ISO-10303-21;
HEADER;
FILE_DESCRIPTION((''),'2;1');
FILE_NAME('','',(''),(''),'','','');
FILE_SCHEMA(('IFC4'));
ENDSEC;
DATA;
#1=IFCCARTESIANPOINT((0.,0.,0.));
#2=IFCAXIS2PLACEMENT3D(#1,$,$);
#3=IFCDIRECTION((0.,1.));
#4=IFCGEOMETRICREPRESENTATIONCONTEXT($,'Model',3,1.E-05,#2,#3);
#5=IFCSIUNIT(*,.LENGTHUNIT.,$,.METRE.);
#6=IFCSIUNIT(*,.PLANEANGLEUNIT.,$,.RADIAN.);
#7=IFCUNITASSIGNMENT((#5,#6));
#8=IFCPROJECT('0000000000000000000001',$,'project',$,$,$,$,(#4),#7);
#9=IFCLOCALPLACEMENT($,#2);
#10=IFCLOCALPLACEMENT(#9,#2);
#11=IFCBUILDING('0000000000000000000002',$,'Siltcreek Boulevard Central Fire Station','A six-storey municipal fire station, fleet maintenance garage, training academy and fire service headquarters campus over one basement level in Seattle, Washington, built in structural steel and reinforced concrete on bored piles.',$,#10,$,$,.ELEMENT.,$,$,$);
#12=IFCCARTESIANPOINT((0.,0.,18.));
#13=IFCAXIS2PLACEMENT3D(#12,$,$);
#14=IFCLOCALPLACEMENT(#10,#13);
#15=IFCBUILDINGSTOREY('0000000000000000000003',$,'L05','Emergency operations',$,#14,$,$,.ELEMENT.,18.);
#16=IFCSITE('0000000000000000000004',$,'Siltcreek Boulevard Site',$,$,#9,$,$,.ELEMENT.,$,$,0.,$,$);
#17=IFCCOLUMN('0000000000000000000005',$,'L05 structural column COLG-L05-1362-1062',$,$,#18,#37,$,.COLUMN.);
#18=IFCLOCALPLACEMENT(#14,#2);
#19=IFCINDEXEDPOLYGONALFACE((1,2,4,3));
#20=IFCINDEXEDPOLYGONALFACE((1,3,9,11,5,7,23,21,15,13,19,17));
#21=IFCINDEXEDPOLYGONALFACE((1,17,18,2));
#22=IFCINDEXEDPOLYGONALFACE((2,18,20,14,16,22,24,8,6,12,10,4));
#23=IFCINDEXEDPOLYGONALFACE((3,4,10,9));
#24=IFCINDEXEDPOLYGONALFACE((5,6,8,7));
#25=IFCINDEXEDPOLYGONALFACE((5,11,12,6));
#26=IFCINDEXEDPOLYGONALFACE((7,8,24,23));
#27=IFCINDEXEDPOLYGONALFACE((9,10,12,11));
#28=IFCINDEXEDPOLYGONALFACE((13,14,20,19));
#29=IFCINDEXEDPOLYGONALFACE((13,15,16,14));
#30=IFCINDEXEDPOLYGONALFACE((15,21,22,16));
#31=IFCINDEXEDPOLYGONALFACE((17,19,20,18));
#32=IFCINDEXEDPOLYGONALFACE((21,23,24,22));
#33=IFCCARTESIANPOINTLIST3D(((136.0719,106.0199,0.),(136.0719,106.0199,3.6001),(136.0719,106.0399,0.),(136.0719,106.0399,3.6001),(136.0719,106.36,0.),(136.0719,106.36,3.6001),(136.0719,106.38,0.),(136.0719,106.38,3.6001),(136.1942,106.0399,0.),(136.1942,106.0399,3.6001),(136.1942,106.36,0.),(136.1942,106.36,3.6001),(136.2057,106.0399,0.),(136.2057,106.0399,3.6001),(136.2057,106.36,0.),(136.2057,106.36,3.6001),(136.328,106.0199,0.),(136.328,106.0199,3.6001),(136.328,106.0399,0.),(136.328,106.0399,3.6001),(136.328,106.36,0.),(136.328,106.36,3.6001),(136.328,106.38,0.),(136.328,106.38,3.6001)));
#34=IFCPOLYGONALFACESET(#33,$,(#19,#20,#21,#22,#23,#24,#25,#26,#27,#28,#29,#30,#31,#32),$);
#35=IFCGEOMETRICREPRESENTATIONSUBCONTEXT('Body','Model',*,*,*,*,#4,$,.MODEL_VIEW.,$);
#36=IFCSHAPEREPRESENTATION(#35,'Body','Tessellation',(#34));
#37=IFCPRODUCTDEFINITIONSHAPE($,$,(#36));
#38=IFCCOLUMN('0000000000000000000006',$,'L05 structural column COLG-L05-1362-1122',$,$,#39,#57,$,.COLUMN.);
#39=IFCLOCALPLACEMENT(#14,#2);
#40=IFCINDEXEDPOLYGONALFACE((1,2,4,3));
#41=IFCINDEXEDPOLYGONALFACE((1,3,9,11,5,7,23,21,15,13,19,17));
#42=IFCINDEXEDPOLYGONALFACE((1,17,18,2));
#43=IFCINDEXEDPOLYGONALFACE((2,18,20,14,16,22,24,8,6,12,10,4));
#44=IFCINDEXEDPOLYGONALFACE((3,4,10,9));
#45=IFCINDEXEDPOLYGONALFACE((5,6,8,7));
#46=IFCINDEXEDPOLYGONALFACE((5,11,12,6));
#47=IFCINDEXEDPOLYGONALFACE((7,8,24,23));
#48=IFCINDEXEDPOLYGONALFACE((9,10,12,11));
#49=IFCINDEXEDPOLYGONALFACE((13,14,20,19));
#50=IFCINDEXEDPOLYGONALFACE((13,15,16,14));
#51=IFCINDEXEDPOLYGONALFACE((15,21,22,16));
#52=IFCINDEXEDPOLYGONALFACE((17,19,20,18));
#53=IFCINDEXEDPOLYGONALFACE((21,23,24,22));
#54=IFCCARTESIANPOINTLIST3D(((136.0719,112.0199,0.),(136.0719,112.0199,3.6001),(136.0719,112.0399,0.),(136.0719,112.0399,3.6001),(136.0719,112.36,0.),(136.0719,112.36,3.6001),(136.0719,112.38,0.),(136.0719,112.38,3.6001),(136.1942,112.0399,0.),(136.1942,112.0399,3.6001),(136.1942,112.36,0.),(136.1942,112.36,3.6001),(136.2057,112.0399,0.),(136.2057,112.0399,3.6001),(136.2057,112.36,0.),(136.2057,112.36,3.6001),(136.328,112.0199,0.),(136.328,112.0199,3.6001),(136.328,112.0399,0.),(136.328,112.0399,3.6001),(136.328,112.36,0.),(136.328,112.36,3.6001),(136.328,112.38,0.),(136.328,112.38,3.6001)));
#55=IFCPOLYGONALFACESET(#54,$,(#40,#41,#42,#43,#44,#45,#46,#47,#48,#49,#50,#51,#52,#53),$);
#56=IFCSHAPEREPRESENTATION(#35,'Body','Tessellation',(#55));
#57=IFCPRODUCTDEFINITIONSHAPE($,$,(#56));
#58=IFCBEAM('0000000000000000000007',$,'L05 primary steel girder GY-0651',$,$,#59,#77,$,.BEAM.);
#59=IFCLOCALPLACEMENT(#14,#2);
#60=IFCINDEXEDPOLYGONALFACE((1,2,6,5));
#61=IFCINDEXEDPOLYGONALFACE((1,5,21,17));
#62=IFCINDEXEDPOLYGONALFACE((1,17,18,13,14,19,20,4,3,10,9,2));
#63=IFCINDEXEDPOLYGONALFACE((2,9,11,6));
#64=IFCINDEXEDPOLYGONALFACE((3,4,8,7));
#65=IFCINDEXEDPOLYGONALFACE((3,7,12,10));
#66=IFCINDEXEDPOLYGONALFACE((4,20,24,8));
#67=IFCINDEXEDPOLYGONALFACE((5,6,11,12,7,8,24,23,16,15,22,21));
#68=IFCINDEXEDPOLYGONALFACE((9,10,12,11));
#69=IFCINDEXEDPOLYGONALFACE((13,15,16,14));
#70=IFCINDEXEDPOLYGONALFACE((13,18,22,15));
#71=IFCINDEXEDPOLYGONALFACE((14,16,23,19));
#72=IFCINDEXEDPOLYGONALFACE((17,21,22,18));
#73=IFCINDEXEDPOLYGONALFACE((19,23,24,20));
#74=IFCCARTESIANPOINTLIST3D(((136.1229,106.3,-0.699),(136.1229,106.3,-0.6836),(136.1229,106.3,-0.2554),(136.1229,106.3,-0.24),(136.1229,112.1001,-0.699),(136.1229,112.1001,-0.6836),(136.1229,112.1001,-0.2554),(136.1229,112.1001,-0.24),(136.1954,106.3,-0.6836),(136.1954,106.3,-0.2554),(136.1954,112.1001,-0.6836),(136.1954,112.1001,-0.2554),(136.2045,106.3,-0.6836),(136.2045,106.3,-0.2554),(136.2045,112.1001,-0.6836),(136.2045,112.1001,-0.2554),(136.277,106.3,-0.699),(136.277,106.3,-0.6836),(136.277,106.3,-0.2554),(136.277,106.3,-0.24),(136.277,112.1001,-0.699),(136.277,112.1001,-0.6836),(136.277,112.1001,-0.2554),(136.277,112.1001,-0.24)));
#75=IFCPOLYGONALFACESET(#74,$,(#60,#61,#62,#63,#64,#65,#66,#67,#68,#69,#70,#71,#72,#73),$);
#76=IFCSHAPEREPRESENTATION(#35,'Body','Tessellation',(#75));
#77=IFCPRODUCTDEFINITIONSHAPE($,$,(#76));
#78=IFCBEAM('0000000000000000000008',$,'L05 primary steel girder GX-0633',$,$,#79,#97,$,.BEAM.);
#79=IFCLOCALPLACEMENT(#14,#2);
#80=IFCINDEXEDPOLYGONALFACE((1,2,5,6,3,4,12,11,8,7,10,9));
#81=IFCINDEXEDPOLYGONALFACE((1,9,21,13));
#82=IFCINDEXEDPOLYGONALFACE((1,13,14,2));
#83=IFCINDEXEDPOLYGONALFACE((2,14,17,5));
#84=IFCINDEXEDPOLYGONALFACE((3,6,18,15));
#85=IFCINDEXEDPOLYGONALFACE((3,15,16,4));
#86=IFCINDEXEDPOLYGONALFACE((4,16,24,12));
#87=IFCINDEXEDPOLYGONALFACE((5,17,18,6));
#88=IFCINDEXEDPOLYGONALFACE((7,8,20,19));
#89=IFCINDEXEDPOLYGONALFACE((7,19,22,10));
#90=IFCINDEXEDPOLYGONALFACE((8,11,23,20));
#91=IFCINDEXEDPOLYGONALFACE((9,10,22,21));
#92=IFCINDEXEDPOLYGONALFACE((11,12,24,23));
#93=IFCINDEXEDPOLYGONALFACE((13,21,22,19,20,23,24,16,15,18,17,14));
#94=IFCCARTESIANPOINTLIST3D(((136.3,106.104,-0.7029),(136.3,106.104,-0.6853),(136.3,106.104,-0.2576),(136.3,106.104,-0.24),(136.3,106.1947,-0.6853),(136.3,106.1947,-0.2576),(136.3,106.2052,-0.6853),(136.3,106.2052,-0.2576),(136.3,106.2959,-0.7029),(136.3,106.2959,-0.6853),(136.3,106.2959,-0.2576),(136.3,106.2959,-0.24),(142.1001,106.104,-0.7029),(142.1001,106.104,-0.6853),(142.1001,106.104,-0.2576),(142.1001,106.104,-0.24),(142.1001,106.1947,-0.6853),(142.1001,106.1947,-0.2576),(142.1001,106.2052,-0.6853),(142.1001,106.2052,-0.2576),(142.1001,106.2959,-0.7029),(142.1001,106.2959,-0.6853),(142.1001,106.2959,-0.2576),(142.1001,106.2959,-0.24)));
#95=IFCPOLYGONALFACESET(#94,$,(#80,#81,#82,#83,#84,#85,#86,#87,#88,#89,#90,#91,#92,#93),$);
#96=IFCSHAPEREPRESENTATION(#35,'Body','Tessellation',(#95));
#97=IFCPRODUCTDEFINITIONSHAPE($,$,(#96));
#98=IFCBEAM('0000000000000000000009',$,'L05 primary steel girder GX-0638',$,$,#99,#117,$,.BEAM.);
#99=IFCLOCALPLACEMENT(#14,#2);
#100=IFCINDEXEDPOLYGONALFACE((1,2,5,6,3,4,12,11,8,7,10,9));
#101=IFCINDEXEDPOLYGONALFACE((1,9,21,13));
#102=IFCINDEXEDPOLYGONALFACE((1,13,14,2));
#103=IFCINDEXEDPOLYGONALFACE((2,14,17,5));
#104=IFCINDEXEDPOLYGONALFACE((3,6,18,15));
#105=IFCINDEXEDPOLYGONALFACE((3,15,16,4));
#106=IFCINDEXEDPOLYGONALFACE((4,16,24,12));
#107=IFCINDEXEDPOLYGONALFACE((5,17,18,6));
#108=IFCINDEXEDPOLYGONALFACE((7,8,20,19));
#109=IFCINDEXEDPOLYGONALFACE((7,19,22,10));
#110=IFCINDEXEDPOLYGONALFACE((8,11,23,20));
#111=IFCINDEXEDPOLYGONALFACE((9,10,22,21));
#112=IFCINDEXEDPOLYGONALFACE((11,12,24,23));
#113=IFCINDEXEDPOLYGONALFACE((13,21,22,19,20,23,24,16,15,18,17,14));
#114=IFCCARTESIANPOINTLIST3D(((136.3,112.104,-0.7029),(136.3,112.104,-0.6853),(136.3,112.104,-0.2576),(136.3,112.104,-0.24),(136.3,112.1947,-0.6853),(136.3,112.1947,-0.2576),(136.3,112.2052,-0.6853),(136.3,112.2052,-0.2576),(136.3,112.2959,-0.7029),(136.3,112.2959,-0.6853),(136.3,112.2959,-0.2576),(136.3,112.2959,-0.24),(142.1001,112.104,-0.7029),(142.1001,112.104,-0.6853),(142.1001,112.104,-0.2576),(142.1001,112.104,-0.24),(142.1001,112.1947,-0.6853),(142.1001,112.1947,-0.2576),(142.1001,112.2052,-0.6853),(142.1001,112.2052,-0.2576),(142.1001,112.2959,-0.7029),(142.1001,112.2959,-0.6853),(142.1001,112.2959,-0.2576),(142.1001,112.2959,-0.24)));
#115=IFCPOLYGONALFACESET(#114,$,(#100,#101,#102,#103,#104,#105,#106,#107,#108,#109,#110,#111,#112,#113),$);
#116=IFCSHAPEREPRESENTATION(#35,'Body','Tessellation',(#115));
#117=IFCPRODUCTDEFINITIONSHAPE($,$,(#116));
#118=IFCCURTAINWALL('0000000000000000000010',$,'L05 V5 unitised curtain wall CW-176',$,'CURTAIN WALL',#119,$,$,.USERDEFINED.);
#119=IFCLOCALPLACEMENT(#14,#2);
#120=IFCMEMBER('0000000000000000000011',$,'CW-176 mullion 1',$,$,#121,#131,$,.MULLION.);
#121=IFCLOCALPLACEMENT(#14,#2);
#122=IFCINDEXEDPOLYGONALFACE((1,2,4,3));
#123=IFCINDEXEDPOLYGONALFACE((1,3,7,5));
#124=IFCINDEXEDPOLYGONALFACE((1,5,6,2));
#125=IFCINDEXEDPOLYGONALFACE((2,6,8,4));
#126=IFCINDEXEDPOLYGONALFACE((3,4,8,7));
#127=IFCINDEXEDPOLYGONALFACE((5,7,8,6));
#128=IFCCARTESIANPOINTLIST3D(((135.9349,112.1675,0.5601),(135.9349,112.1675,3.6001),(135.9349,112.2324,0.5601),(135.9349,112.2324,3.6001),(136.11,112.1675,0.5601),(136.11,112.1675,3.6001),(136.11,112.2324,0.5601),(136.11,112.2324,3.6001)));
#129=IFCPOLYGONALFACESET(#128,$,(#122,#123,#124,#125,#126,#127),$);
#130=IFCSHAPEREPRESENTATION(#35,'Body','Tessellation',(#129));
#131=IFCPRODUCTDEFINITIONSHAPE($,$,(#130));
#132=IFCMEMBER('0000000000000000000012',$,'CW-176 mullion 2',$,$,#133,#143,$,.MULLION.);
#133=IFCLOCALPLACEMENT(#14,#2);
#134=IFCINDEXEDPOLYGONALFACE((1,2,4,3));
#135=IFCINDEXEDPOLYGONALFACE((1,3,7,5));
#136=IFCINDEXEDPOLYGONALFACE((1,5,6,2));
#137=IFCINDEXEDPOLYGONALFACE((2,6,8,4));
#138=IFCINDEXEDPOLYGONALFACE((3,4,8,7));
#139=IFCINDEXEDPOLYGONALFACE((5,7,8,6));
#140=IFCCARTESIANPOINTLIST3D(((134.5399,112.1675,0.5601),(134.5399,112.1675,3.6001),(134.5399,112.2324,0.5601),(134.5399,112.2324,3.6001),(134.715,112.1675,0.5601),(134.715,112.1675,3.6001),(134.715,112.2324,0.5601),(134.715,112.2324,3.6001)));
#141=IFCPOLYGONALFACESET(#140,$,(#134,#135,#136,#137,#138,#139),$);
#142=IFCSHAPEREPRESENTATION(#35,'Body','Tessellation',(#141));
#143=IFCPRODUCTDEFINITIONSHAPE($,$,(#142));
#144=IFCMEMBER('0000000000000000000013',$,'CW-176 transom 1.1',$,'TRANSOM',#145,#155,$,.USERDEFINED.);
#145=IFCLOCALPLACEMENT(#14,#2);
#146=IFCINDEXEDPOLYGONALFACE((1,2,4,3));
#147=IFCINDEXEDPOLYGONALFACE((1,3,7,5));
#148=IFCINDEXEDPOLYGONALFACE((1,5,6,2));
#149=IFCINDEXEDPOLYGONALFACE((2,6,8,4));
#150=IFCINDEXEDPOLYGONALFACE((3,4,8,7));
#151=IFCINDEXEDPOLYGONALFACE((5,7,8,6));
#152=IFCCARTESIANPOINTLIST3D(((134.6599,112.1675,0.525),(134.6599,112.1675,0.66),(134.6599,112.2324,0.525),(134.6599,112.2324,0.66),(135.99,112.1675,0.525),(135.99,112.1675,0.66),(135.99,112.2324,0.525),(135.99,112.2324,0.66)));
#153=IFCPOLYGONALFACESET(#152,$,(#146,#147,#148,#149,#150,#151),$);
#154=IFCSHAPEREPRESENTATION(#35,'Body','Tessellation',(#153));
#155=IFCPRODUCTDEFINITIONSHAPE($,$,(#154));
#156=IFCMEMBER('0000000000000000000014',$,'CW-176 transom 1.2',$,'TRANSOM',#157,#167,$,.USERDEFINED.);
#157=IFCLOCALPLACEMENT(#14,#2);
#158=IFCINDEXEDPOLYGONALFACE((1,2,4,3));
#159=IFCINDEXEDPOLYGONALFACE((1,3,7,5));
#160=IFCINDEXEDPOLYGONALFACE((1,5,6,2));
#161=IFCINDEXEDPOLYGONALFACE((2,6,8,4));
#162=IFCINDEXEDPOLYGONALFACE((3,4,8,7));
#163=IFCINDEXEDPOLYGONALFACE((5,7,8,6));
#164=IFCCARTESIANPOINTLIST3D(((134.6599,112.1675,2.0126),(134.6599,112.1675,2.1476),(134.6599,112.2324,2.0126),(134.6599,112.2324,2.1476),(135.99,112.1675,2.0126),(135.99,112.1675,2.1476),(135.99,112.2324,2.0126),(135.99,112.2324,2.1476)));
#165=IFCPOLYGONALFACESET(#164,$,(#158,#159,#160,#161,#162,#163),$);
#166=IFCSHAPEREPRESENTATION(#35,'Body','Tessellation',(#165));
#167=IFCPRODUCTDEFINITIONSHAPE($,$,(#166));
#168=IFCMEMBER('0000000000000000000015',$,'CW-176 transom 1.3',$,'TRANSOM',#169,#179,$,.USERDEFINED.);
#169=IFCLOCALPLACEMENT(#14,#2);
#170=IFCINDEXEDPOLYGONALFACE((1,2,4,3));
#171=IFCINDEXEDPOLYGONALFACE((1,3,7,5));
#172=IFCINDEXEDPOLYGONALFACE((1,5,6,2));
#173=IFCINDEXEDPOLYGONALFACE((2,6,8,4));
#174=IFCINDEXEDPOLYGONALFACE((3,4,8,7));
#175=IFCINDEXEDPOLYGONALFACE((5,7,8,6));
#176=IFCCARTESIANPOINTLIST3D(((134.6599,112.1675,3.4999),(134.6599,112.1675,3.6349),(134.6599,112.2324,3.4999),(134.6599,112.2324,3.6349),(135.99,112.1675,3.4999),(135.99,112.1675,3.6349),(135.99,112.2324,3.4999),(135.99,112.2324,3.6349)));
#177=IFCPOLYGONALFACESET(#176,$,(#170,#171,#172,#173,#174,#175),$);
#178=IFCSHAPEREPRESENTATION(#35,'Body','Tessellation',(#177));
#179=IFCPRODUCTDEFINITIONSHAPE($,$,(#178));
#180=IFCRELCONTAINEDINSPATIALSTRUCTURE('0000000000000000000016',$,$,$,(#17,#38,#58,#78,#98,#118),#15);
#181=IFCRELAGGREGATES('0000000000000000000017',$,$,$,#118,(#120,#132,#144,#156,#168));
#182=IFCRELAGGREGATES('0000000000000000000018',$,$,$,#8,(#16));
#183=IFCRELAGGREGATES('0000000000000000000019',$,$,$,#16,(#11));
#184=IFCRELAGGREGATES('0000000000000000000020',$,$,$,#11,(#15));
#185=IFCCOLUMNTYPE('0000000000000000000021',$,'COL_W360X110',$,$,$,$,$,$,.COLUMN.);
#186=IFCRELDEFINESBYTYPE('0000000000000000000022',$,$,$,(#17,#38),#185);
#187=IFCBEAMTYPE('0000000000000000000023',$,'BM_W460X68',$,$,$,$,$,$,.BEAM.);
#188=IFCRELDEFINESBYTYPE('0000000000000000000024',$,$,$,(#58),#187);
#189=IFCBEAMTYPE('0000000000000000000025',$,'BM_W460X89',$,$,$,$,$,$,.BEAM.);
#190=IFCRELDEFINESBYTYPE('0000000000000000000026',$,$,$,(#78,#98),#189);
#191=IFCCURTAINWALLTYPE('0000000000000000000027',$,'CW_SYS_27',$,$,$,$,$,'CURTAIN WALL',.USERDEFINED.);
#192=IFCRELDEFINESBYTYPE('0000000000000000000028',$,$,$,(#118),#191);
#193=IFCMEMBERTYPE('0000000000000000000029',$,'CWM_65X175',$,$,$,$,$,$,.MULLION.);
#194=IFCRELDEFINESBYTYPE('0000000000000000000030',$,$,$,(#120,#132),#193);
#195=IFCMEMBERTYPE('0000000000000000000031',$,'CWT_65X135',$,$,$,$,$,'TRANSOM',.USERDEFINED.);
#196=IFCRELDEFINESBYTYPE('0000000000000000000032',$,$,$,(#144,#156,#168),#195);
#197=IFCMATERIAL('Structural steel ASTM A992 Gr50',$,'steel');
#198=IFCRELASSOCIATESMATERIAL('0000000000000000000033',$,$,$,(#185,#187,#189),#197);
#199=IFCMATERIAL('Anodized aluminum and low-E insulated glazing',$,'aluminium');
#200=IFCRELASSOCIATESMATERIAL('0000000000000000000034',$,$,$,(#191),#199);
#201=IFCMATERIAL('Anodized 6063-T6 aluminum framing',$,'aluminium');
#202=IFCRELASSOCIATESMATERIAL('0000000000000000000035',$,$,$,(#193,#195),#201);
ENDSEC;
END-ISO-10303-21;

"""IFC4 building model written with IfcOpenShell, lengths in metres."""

from ifc_helpers import new_model, si_unit, direction, frame, origin, origin_2d, place, context, subcontext, project, spatial, rectangle, i_section, extrude, material, material_profile, profile_set, type_object, element, aggregate, save


model = new_model("IFC4")

# Units and contexts
model_context = context("Model", 3, precision=1e-05, world=origin(), true_north=direction((0.0, 1.0)))
body_context = subcontext(model_context, "Body", "Model", "MODEL_VIEW")
ifc_project = project(units=[si_unit("LENGTHUNIT", "METRE"), si_unit("PLANEANGLEUNIT", "RADIAN")], contexts=[model_context])

# Site, building, storey
site_placement = place(None, origin())
site = spatial("IfcSite", under=ifc_project, at=site_placement, Name="Siltcreek Boulevard Site", CompositionType="ELEMENT", RefElevation=0.0)
building_placement = place(site_placement, origin())
building = spatial("IfcBuilding", under=site, at=building_placement, Name="Siltcreek Boulevard Central Fire Station", Description="A six-storey municipal fire station, fleet maintenance garage, training academy and fire service headquarters campus over one basement level in Seattle, Washington, built in structural steel and reinforced concrete on bored piles.", CompositionType="ELEMENT")
storey_placement = place(building_placement, frame((0.0, 0.0, 18.0)))
storey = spatial("IfcBuildingStorey", under=building, at=storey_placement, Name="L05", Description="Emergency operations", CompositionType="ELEMENT", Elevation=18.0)

# Columns
ifc_material_1 = material(Name="Structural steel ASTM A992 Gr50", Category="steel")
ifc_material_profile_1 = material_profile(ifc_material_1, i_section(OverallWidth=0.2561, OverallDepth=0.3601, WebThickness=0.0115, FlangeThickness=0.02, at=origin_2d()), Name="W360X110")
ifc_profile_set_1 = profile_set([ifc_material_profile_1], Name="Structural steel ASTM A992 Gr50")
column_type = type_object("IfcColumnType", Name="COL_W360X110", PredefinedType="COLUMN", material=ifc_profile_set_1)
for number, where, z_axis, x_axis, name in (
    (1, (136.2, 106.2, 0.0), (0.0, 0.0, 1.0), (1.0, 0.0, 0.0), "L05 structural column COLG-L05-1362-1062"),
    (2, (136.2, 112.2, 0.0), (0.0, 0.0, 1.0), (1.0, 0.0, 0.0), "L05 structural column COLG-L05-1362-1122"),
):
    element("IfcColumn", number, at=place(storey_placement, frame(where, z_axis=z_axis, x_axis=x_axis)), inside=storey, type_object=column_type, Name=name, PredefinedType="COLUMN", context=body_context, shape_type="SweptSolid", body=[
        extrude(i_section(OverallWidth=0.2561, OverallDepth=0.3601, WebThickness=0.0115, FlangeThickness=0.02, at=origin_2d()), origin(), (0.0, 0.0, 1.0), 3.6001),
    ])

# Beams
ifc_material_profile_2 = material_profile(ifc_material_1, i_section(OverallWidth=0.1541, OverallDepth=0.459, WebThickness=0.009, FlangeThickness=0.0154, at=origin_2d()), Name="W460X68")
ifc_profile_set_2 = profile_set([ifc_material_profile_2], Name="Structural steel ASTM A992 Gr50")
beam_type_1 = type_object("IfcBeamType", Name="BM_W460X68", PredefinedType="BEAM", material=ifc_profile_set_2)
beam_1_placement = place(storey_placement, frame((136.2, 106.3, -0.4695), z_axis=(0.0, 1.0, 0.0), x_axis=(-1.0, 0.0, 0.0)))
element("IfcBeam", 3, at=beam_1_placement, inside=storey, type_object=beam_type_1, Name="L05 primary steel girder GY-0651", PredefinedType="BEAM", context=body_context, shape_type="SweptSolid", body=[
    extrude(i_section(OverallWidth=0.1541, OverallDepth=0.459, WebThickness=0.009, FlangeThickness=0.0154, at=origin_2d()), origin(), (0.0, 0.0, 1.0), 5.8),
])
ifc_material_profile_3 = material_profile(ifc_material_1, i_section(OverallWidth=0.1919, OverallDepth=0.4629, WebThickness=0.0105, FlangeThickness=0.0176, at=origin_2d()), Name="W460X89")
ifc_profile_set_3 = profile_set([ifc_material_profile_3], Name="Structural steel ASTM A992 Gr50")
beam_type_2 = type_object("IfcBeamType", Name="BM_W460X89", PredefinedType="BEAM", material=ifc_profile_set_3)
for number, where, z_axis, x_axis, name in (
    (4, (136.3, 106.2, -0.4714), (1.0, 0.0, 0.0), (0.0, 1.0, 0.0), "L05 primary steel girder GX-0633"),
    (5, (136.3, 112.2, -0.4714), (1.0, 0.0, 0.0), (0.0, 1.0, 0.0), "L05 primary steel girder GX-0638"),
):
    element("IfcBeam", number, at=place(storey_placement, frame(where, z_axis=z_axis, x_axis=x_axis)), inside=storey, type_object=beam_type_2, Name=name, PredefinedType="BEAM", context=body_context, shape_type="SweptSolid", body=[
        extrude(i_section(OverallWidth=0.1919, OverallDepth=0.4629, WebThickness=0.0105, FlangeThickness=0.0176, at=origin_2d()), origin(), (0.0, 0.0, 1.0), 5.8),
    ])

# Curtain wall, members
ifc_material_2 = material(Name="Anodized aluminum and low-E insulated glazing", Category="aluminium")
curtain_wall_type = type_object("IfcCurtainWallType", Name="CW_SYS_27", ElementType="CURTAIN WALL", PredefinedType="USERDEFINED", material=ifc_material_2)
curtain_wall_placement = place(storey_placement, origin())
curtain_wall = element("IfcCurtainWall", 6, at=curtain_wall_placement, inside=storey, type_object=curtain_wall_type, Name="L05 V5 unitised curtain wall CW-176", ObjectType="CURTAIN WALL", PredefinedType="USERDEFINED")
ifc_material_3 = material(Name="Anodized 6063-T6 aluminum framing", Category="aluminium")
ifc_material_profile_4 = material_profile(ifc_material_3, rectangle(XDim=0.0649, YDim=0.175, at=origin_2d()), Name="MULL65X175")
ifc_profile_set_4 = profile_set([ifc_material_profile_4], Name="Anodized 6063-T6 aluminum framing")
member_type_1 = type_object("IfcMemberType", Name="CWM_65X175", PredefinedType="MULLION", material=ifc_profile_set_4)
member_1_placement = place(storey_placement, frame((136.0225, 112.2, 0.5601), z_axis=(0.0, 0.0, 1.0), x_axis=(0.0, -1.0, 0.0)))
member_1 = element("IfcMember", 7, at=member_1_placement, type_object=member_type_1, Name="CW-176 mullion 1", PredefinedType="MULLION", context=body_context, shape_type="SweptSolid", body=[
    extrude(rectangle(XDim=0.0649, YDim=0.175, at=origin_2d()), origin(), (0.0, 0.0, 1.0), 3.04),
])
member_2_placement = place(storey_placement, frame((134.6274, 112.2, 0.5601), z_axis=(0.0, 0.0, 1.0), x_axis=(0.0, -1.0, 0.0)))
member_2 = element("IfcMember", 8, at=member_2_placement, type_object=member_type_1, Name="CW-176 mullion 2", PredefinedType="MULLION", context=body_context, shape_type="SweptSolid", body=[
    extrude(rectangle(XDim=0.0649, YDim=0.175, at=origin_2d()), origin(), (0.0, 0.0, 1.0), 3.04),
])
ifc_material_profile_5 = material_profile(ifc_material_3, rectangle(XDim=0.0649, YDim=0.135, at=origin_2d()), Name="TRAN65X135")
ifc_profile_set_5 = profile_set([ifc_material_profile_5], Name="Anodized 6063-T6 aluminum framing")
member_type_2 = type_object("IfcMemberType", Name="CWT_65X135", ElementType="TRANSOM", PredefinedType="USERDEFINED", material=ifc_profile_set_5)
member_3_placement = place(storey_placement, frame((135.99, 112.2, 0.5925), z_axis=(-1.0, 0.0, 0.0), x_axis=(0.0, -1.0, 0.0)))
member_3 = element("IfcMember", 9, at=member_3_placement, type_object=member_type_2, Name="CW-176 transom 1.1", ObjectType="TRANSOM", PredefinedType="USERDEFINED", context=body_context, shape_type="SweptSolid", body=[
    extrude(rectangle(XDim=0.0649, YDim=0.135, at=origin_2d()), origin(), (0.0, 0.0, 1.0), 1.3301),
])
member_4_placement = place(storey_placement, frame((135.99, 112.2, 2.0801), z_axis=(-1.0, 0.0, 0.0), x_axis=(0.0, -1.0, 0.0)))
member_4 = element("IfcMember", 10, at=member_4_placement, type_object=member_type_2, Name="CW-176 transom 1.2", ObjectType="TRANSOM", PredefinedType="USERDEFINED", context=body_context, shape_type="SweptSolid", body=[
    extrude(rectangle(XDim=0.0649, YDim=0.135, at=origin_2d()), origin(), (0.0, 0.0, 1.0), 1.3301),
])
member_5_placement = place(storey_placement, frame((135.99, 112.2, 3.5674), z_axis=(-1.0, 0.0, 0.0), x_axis=(0.0, -1.0, 0.0)))
member_5 = element("IfcMember", 11, at=member_5_placement, type_object=member_type_2, Name="CW-176 transom 1.3", ObjectType="TRANSOM", PredefinedType="USERDEFINED", context=body_context, shape_type="SweptSolid", body=[
    extrude(rectangle(XDim=0.0649, YDim=0.135, at=origin_2d()), origin(), (0.0, 0.0, 1.0), 1.3301),
])

aggregate(curtain_wall, [member_1, member_2, member_3, member_4, member_5])

save(model, "model.ifc")
